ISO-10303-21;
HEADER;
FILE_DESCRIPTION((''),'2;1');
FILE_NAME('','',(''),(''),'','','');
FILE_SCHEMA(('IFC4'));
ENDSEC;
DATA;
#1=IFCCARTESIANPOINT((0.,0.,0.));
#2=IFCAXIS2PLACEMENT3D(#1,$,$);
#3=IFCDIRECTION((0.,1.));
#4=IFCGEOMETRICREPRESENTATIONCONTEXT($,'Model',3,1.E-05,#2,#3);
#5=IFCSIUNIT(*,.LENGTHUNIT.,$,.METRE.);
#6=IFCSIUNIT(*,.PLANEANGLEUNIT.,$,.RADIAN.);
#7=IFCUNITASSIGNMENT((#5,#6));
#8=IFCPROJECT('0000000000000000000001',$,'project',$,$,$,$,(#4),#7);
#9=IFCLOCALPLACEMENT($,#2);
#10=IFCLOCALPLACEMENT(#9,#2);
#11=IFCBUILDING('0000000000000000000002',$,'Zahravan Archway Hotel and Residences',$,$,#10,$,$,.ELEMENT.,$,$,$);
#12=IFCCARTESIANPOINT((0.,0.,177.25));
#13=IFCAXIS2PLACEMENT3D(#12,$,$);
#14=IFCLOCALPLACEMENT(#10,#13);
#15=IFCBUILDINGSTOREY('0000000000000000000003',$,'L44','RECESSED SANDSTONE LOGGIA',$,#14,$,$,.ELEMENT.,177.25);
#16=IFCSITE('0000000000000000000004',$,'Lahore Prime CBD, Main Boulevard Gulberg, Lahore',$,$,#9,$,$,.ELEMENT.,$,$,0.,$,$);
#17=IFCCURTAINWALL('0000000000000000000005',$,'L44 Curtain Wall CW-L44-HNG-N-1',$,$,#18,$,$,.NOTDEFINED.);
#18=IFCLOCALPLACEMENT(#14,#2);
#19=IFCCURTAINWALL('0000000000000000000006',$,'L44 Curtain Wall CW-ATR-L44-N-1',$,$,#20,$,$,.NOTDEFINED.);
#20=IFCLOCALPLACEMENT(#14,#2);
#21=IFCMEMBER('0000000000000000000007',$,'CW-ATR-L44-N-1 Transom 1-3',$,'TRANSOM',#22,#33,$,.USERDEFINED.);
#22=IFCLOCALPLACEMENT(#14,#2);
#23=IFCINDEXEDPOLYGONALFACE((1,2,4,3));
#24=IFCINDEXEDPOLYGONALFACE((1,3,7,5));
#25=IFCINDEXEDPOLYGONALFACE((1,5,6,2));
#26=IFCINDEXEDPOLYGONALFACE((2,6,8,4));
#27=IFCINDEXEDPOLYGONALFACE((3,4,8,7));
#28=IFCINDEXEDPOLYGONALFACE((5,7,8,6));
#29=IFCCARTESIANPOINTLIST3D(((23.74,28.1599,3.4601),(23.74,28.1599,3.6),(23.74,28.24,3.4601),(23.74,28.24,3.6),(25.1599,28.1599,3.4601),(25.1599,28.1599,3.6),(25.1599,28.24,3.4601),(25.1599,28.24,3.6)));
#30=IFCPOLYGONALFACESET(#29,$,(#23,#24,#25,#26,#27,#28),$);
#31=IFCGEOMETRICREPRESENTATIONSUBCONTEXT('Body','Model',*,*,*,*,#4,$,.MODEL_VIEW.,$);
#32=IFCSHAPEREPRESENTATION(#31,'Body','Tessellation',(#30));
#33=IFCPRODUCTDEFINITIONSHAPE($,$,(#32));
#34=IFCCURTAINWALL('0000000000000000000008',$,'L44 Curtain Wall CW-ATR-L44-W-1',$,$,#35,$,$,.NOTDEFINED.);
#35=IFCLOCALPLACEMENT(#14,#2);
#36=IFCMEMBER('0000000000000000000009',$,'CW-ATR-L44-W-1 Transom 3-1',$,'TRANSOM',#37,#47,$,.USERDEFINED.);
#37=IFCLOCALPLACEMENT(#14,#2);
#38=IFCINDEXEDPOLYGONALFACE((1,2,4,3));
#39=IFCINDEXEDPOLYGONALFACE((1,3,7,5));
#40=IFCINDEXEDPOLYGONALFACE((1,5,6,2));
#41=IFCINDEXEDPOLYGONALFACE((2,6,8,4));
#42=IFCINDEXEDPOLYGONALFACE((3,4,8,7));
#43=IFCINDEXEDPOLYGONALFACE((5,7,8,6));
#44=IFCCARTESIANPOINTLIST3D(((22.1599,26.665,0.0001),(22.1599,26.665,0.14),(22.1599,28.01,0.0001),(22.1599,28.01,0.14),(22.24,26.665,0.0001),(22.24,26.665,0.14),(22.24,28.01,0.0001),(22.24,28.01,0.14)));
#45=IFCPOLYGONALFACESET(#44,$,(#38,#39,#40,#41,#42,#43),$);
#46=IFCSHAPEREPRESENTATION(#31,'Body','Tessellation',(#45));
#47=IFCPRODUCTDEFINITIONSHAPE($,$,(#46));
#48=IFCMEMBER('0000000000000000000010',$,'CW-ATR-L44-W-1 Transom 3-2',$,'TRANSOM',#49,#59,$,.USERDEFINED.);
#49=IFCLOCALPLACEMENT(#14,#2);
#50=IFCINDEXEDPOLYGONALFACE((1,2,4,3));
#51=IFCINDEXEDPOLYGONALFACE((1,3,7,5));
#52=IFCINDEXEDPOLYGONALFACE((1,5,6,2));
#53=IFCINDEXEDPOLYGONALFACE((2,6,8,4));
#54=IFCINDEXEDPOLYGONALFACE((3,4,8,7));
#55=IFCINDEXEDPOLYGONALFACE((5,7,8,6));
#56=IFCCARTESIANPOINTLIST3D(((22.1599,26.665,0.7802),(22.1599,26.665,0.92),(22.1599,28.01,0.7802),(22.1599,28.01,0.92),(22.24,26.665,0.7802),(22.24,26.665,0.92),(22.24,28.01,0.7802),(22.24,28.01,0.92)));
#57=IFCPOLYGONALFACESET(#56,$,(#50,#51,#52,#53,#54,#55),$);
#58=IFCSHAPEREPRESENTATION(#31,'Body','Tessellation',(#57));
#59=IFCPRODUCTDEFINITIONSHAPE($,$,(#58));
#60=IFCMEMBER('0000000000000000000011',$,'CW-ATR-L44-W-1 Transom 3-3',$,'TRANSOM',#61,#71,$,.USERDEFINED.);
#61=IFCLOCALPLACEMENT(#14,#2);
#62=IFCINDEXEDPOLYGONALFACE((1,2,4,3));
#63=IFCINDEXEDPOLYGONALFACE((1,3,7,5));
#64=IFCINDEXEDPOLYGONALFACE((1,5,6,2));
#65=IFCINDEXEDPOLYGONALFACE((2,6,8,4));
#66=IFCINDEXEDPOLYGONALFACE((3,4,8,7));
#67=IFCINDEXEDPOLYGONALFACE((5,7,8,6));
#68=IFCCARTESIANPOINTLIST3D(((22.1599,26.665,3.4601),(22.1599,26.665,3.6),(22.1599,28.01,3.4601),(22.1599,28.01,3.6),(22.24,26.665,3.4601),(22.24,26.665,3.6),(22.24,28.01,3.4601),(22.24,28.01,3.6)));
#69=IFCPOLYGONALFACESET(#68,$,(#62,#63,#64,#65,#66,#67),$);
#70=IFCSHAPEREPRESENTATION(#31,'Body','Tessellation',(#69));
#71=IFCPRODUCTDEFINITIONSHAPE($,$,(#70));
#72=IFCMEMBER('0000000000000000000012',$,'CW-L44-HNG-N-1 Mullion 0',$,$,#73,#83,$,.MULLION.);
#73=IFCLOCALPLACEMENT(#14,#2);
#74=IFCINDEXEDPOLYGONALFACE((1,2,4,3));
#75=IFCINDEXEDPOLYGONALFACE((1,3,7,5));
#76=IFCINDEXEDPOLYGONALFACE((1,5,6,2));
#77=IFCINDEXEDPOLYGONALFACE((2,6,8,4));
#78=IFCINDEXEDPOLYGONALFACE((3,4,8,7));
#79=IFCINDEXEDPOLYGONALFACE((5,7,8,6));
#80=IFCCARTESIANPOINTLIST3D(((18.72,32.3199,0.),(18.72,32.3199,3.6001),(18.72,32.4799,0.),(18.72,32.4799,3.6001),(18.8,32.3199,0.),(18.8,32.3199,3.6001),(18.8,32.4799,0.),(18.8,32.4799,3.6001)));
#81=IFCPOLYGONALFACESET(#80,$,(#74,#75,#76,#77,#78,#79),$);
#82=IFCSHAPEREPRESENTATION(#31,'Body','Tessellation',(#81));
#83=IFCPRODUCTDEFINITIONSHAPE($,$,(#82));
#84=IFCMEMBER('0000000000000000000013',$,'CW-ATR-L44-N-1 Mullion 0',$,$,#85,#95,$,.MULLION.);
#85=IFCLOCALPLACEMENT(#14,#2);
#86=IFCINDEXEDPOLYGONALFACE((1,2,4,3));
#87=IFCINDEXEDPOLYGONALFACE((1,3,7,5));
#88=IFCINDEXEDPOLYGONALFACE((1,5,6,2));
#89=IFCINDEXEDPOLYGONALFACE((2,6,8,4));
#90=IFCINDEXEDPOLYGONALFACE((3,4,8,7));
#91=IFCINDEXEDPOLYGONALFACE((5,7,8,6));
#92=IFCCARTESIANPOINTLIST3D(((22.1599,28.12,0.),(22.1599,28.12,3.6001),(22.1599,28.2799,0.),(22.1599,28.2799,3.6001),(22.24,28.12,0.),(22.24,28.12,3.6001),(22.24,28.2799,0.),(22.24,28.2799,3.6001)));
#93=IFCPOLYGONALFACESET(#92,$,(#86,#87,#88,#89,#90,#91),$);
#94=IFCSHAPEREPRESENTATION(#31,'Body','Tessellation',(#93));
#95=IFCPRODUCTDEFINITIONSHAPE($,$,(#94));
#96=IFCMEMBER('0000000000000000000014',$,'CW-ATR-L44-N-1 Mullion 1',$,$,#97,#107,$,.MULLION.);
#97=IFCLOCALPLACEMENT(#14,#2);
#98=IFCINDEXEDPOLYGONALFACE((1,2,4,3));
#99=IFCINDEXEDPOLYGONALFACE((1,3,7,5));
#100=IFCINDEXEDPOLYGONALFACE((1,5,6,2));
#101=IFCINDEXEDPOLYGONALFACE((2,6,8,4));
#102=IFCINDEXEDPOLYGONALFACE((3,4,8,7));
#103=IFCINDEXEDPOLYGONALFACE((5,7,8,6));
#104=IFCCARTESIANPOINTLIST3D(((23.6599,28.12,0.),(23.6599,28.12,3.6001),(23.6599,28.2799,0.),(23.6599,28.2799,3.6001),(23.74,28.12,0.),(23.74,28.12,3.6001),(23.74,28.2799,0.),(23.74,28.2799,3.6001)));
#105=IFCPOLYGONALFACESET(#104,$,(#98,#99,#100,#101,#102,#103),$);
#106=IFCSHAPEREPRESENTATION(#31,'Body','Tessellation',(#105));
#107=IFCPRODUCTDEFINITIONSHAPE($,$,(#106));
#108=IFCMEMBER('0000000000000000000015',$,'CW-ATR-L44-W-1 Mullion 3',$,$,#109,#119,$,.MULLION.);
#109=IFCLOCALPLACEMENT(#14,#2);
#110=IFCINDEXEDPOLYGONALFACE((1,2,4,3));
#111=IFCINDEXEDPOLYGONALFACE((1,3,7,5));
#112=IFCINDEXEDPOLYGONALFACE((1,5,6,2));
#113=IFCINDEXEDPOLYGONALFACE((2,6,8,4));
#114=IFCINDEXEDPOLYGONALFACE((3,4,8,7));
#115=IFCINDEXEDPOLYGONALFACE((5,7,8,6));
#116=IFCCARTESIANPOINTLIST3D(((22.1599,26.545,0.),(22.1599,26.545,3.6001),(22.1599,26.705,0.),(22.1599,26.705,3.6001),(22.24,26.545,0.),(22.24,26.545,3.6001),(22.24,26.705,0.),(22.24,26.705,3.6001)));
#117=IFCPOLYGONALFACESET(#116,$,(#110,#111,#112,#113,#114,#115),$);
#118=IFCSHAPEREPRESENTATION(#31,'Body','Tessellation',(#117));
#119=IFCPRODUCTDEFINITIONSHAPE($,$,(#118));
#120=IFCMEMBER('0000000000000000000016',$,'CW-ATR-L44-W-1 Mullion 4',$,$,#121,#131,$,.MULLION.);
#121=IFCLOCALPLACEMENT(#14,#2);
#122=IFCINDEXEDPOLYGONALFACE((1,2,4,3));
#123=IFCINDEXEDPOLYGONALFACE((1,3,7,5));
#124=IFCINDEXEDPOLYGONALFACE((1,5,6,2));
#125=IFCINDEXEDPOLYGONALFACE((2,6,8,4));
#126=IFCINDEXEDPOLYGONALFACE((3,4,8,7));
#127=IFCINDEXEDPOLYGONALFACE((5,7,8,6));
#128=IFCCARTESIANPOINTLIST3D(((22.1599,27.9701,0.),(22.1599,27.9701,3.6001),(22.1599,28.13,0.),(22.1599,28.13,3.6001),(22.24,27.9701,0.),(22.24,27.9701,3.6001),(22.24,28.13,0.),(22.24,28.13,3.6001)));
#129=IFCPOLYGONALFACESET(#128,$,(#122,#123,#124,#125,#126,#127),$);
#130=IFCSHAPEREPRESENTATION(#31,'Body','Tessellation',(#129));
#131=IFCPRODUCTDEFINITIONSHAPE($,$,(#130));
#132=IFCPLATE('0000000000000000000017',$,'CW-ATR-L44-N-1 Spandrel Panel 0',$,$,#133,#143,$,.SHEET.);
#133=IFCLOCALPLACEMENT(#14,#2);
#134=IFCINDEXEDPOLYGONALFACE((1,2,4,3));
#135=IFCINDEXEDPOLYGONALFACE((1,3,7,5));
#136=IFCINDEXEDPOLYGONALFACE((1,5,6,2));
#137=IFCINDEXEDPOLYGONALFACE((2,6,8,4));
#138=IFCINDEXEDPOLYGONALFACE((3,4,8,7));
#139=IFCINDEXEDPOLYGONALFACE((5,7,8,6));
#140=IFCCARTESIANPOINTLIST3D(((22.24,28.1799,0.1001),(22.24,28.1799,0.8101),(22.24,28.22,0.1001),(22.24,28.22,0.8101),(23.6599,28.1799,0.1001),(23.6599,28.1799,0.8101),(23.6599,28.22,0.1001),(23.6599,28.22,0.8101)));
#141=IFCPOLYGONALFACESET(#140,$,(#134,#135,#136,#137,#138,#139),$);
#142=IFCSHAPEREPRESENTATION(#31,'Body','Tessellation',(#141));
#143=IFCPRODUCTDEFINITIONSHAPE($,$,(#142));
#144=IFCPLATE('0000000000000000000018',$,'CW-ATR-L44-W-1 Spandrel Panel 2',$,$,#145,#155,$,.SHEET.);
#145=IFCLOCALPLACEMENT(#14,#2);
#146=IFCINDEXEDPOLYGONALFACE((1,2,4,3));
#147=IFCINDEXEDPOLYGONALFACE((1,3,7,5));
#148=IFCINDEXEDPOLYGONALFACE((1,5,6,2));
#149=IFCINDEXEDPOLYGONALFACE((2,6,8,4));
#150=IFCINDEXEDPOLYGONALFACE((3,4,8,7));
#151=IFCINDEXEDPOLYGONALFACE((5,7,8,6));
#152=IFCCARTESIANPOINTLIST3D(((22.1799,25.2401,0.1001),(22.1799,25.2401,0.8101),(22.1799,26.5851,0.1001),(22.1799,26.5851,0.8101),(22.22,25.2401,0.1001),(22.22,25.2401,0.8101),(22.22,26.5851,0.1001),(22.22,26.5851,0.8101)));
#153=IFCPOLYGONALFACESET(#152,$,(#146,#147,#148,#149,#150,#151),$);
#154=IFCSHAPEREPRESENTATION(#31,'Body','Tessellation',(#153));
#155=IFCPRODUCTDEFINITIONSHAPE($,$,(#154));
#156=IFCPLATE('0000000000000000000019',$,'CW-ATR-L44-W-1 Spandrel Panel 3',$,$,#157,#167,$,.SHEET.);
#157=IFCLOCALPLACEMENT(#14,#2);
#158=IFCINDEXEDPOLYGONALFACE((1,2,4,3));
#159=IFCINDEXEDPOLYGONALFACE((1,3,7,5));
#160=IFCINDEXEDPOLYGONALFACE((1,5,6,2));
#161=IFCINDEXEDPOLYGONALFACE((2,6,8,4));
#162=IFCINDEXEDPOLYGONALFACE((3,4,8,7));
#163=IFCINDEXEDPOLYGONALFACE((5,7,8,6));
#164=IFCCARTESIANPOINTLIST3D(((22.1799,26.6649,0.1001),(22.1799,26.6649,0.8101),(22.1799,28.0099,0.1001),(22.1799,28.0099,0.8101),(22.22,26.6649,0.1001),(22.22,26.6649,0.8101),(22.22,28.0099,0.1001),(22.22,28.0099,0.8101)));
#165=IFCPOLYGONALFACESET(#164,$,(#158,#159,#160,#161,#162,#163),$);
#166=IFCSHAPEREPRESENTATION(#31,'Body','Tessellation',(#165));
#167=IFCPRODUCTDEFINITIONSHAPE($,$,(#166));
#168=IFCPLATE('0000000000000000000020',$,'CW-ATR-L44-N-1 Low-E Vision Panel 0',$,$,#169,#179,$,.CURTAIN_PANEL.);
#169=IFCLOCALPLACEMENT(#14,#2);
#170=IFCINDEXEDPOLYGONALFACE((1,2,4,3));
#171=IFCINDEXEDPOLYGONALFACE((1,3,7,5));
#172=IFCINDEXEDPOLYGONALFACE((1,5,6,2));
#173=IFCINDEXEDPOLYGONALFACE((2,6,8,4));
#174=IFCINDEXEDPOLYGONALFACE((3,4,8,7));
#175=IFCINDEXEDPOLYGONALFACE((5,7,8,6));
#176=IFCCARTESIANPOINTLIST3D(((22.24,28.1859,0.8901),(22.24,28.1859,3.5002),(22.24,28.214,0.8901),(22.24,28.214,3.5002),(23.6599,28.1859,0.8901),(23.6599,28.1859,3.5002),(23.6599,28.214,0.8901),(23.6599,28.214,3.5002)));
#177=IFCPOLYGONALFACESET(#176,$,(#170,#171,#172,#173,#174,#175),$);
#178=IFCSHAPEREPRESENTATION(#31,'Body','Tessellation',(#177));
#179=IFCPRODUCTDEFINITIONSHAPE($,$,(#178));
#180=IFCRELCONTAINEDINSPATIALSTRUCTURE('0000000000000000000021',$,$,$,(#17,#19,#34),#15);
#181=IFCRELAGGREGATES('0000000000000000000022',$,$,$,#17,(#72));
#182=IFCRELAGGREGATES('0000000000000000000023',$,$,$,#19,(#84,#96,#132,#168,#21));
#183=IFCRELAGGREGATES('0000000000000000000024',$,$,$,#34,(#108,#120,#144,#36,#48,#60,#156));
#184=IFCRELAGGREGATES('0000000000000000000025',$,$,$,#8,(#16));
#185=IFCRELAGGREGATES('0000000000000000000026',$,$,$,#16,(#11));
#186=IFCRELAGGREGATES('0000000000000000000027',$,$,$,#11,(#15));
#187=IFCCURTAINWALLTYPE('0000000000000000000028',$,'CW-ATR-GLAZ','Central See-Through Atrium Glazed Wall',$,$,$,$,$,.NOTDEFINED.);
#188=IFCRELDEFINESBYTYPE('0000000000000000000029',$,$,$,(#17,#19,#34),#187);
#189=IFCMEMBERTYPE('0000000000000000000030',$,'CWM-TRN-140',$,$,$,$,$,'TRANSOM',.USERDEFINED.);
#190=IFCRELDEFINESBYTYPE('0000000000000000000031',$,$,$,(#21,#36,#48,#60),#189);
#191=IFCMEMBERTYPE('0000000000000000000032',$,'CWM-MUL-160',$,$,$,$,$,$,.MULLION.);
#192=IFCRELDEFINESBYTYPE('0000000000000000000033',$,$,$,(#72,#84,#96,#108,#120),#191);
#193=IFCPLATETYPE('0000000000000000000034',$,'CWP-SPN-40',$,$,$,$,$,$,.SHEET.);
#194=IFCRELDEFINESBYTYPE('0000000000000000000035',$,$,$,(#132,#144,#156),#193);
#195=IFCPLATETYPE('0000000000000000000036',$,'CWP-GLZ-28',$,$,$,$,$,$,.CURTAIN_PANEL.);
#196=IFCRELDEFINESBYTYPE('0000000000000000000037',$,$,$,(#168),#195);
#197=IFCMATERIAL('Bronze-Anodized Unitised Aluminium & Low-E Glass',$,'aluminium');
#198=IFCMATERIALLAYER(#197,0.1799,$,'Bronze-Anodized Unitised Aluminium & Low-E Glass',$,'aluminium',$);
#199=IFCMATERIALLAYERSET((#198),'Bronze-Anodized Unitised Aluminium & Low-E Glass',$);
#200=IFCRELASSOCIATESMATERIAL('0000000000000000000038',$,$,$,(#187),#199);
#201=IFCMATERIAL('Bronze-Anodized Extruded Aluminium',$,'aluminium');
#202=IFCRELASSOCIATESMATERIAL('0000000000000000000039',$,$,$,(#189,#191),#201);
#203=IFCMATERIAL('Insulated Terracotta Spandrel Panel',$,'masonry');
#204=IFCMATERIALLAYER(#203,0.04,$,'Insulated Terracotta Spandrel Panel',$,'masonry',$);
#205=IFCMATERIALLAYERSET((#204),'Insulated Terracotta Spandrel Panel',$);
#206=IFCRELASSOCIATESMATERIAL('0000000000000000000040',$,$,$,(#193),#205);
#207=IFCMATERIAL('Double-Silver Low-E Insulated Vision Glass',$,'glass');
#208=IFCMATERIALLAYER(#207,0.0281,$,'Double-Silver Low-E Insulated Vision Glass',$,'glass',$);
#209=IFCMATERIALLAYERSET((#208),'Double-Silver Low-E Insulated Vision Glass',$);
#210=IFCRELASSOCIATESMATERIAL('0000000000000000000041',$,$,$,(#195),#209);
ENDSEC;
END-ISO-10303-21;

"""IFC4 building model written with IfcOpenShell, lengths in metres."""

from ifc_helpers import new_model, si_unit, direction, frame, origin, origin_2d, place, context, subcontext, project, spatial, rectangle, extrude, source, transform, mapped, material, layer, layer_set, material_profile, profile_set, type_object, element, aggregate, save


model = new_model("IFC4")

# Units and contexts
model_context = context("Model", 3, precision=1e-05, world=origin(), true_north=direction((0.0, 1.0)))
body_context = subcontext(model_context, "Body", "Model", "MODEL_VIEW")
ifc_project = project(units=[si_unit("LENGTHUNIT", "METRE"), si_unit("PLANEANGLEUNIT", "RADIAN")], contexts=[model_context])

# Site, building, storey
site_placement = place(None, origin())
site = spatial("IfcSite", under=ifc_project, at=site_placement, Name="Lahore Prime CBD, Main Boulevard Gulberg, Lahore", CompositionType="ELEMENT", RefElevation=0.0)
building_placement = place(site_placement, origin())
building = spatial("IfcBuilding", under=site, at=building_placement, Name="Zahravan Archway Hotel and Residences", CompositionType="ELEMENT")
storey_placement = place(building_placement, frame((0.0, 0.0, 177.25)))
storey = spatial("IfcBuildingStorey", under=building, at=storey_placement, Name="L44", Description="RECESSED SANDSTONE LOGGIA", CompositionType="ELEMENT", Elevation=177.25)

# Curtain walls, members
ifc_material_1 = material(Name="Bronze-Anodized Unitised Aluminium & Low-E Glass", Category="aluminium")
ifc_layer_1 = layer(ifc_material_1, 0.1799, Name="Bronze-Anodized Unitised Aluminium & Low-E Glass", Category="aluminium")
ifc_layer_set_1 = layer_set([ifc_layer_1], Name="Bronze-Anodized Unitised Aluminium & Low-E Glass")
curtain_wall_type = type_object("IfcCurtainWallType", Name="CW-ATR-GLAZ", Description="Central See-Through Atrium Glazed Wall", PredefinedType="NOTDEFINED", material=ifc_layer_set_1)
curtain_wall_1_placement = place(storey_placement, origin())
curtain_wall_1 = element("IfcCurtainWall", 1, at=curtain_wall_1_placement, inside=storey, type_object=curtain_wall_type, Name="L44 Curtain Wall CW-L44-HNG-N-1", PredefinedType="NOTDEFINED")
ifc_material_2 = material(Name="Bronze-Anodized Extruded Aluminium", Category="aluminium")
ifc_material_profile_1 = material_profile(ifc_material_2, rectangle(XDim=0.0801, YDim=0.1399, at=origin_2d()), Name="TRN 80x140", Category="aluminium")
ifc_profile_set_1 = profile_set([ifc_material_profile_1], Name="Bronze-Anodized Extruded Aluminium")
member_type_1 = type_object("IfcMemberType", Name="CWM-TRN-140", ElementType="TRANSOM", PredefinedType="USERDEFINED", material=ifc_profile_set_1)
curtain_wall_2_placement = place(storey_placement, origin())
curtain_wall_2 = element("IfcCurtainWall", 2, at=curtain_wall_2_placement, inside=storey, type_object=curtain_wall_type, Name="L44 Curtain Wall CW-ATR-L44-N-1", PredefinedType="NOTDEFINED")
shared_shape_1 = source(origin(), body_context, "Body", "SweptSolid", [
    extrude(rectangle(XDim=0.0801, YDim=0.1399, at=origin_2d()), origin(), (0.0, 0.0, 1.0), 1.4199),
])
member_1_placement = place(storey_placement, frame((23.74, 28.2, 3.53), z_axis=(1.0, 0.0, 0.0), x_axis=(0.0, 1.0, 0.0)))
member_1 = element("IfcMember", 3, at=member_1_placement, type_object=member_type_1, Name="CW-ATR-L44-N-1 Transom 1-3", ObjectType="TRANSOM", PredefinedType="USERDEFINED", context=body_context, shape_type="MappedRepresentation", body=[
    mapped(shared_shape_1, transform((0.0, 0.0, 0.0), scale=1.0)),
])
curtain_wall_3_placement = place(storey_placement, origin())
curtain_wall_3 = element("IfcCurtainWall", 4, at=curtain_wall_3_placement, inside=storey, type_object=curtain_wall_type, Name="L44 Curtain Wall CW-ATR-L44-W-1", PredefinedType="NOTDEFINED")
shared_shape_2 = source(origin(), body_context, "Body", "SweptSolid", [
    extrude(rectangle(XDim=0.0801, YDim=0.1399, at=origin_2d()), origin(), (0.0, 0.0, 1.0), 1.345),
])
member_2_placement = place(storey_placement, frame((22.2, 26.665, 0.0701), z_axis=(0.0, 1.0, 0.0), x_axis=(-1.0, 0.0, 0.0)))
member_2 = element("IfcMember", 5, at=member_2_placement, type_object=member_type_1, Name="CW-ATR-L44-W-1 Transom 3-1", ObjectType="TRANSOM", PredefinedType="USERDEFINED", context=body_context, shape_type="MappedRepresentation", body=[
    mapped(shared_shape_2, transform((0.0, 0.0, 0.0), scale=1.0)),
])
member_3_placement = place(storey_placement, frame((22.2, 26.665, 0.8501), z_axis=(0.0, 1.0, 0.0), x_axis=(-1.0, 0.0, 0.0)))
member_3 = element("IfcMember", 6, at=member_3_placement, type_object=member_type_1, Name="CW-ATR-L44-W-1 Transom 3-2", ObjectType="TRANSOM", PredefinedType="USERDEFINED", context=body_context, shape_type="MappedRepresentation", body=[
    mapped(shared_shape_2, transform((0.0, 0.0, 0.0), scale=1.0)),
])
member_4_placement = place(storey_placement, frame((22.2, 26.665, 3.53), z_axis=(0.0, 1.0, 0.0), x_axis=(-1.0, 0.0, 0.0)))
member_4 = element("IfcMember", 7, at=member_4_placement, type_object=member_type_1, Name="CW-ATR-L44-W-1 Transom 3-3", ObjectType="TRANSOM", PredefinedType="USERDEFINED", context=body_context, shape_type="MappedRepresentation", body=[
    mapped(shared_shape_2, transform((0.0, 0.0, 0.0), scale=1.0)),
])

# Members
ifc_material_profile_2 = material_profile(ifc_material_2, rectangle(XDim=0.0801, YDim=0.1599, at=origin_2d()), Name="MUL 80x160", Category="aluminium")
ifc_profile_set_2 = profile_set([ifc_material_profile_2], Name="Bronze-Anodized Extruded Aluminium")
member_type_2 = type_object("IfcMemberType", Name="CWM-MUL-160", PredefinedType="MULLION", material=ifc_profile_set_2)
shared_shape_3 = source(origin(), body_context, "Body", "SweptSolid", [
    extrude(rectangle(XDim=0.0801, YDim=0.1599, at=origin_2d()), origin(), (0.0, 0.0, 1.0), 3.6001),
])
member_5_placement = place(storey_placement, frame((18.76, 32.3999, 0.0), z_axis=(0.0, 0.0, 1.0), x_axis=(1.0, 0.0, 0.0)))
member_5 = element("IfcMember", 8, at=member_5_placement, type_object=member_type_2, Name="CW-L44-HNG-N-1 Mullion 0", PredefinedType="MULLION", context=body_context, shape_type="MappedRepresentation", body=[
    mapped(shared_shape_3, transform((0.0, 0.0, 0.0), scale=1.0)),
])
aggregate(curtain_wall_1, [member_5])
member_6_placement = place(storey_placement, frame((22.2, 28.2, 0.0), z_axis=(0.0, 0.0, 1.0), x_axis=(1.0, 0.0, 0.0)))
member_6 = element("IfcMember", 9, at=member_6_placement, type_object=member_type_2, Name="CW-ATR-L44-N-1 Mullion 0", PredefinedType="MULLION", context=body_context, shape_type="MappedRepresentation", body=[
    mapped(shared_shape_3, transform((0.0, 0.0, 0.0), scale=1.0)),
])
member_7_placement = place(storey_placement, frame((23.7, 28.2, 0.0), z_axis=(0.0, 0.0, 1.0), x_axis=(1.0, 0.0, 0.0)))
member_7 = element("IfcMember", 10, at=member_7_placement, type_object=member_type_2, Name="CW-ATR-L44-N-1 Mullion 1", PredefinedType="MULLION", context=body_context, shape_type="MappedRepresentation", body=[
    mapped(shared_shape_3, transform((0.0, 0.0, 0.0), scale=1.0)),
])
member_8_placement = place(storey_placement, frame((22.2, 26.625, 0.0), z_axis=(0.0, 0.0, 1.0), x_axis=(1.0, 0.0, 0.0)))
member_8 = element("IfcMember", 11, at=member_8_placement, type_object=member_type_2, Name="CW-ATR-L44-W-1 Mullion 3", PredefinedType="MULLION", context=body_context, shape_type="MappedRepresentation", body=[
    mapped(shared_shape_3, transform((0.0, 0.0, 0.0), scale=1.0)),
])
member_9_placement = place(storey_placement, frame((22.2, 28.05, 0.0), z_axis=(0.0, 0.0, 1.0), x_axis=(1.0, 0.0, 0.0)))
member_9 = element("IfcMember", 12, at=member_9_placement, type_object=member_type_2, Name="CW-ATR-L44-W-1 Mullion 4", PredefinedType="MULLION", context=body_context, shape_type="MappedRepresentation", body=[
    mapped(shared_shape_3, transform((0.0, 0.0, 0.0), scale=1.0)),
])

# Plates
ifc_material_3 = material(Name="Insulated Terracotta Spandrel Panel", Category="masonry")
ifc_layer_2 = layer(ifc_material_3, 0.04, Name="Insulated Terracotta Spandrel Panel", Category="masonry")
ifc_layer_set_2 = layer_set([ifc_layer_2], Name="Insulated Terracotta Spandrel Panel")
plate_type_1 = type_object("IfcPlateType", Name="CWP-SPN-40", PredefinedType="SHEET", material=ifc_layer_set_2)
shared_shape_4 = source(origin(), body_context, "Body", "SweptSolid", [
    extrude(rectangle(XDim=1.4199, YDim=0.04, at=origin_2d()), origin(), (0.0, 0.0, 1.0), 0.71),
])
plate_1_placement = place(storey_placement, frame((22.95, 28.2, 0.1001), z_axis=(0.0, 0.0, 1.0), x_axis=(1.0, 0.0, 0.0)))
plate_1 = element("IfcPlate", 13, at=plate_1_placement, type_object=plate_type_1, Name="CW-ATR-L44-N-1 Spandrel Panel 0", PredefinedType="SHEET", context=body_context, shape_type="MappedRepresentation", body=[
    mapped(shared_shape_4, transform((0.0, 0.0, 0.0), scale=1.0)),
])
shared_shape_5 = source(origin(), body_context, "Body", "SweptSolid", [
    extrude(rectangle(XDim=1.345, YDim=0.04, at=origin_2d()), origin(), (0.0, 0.0, 1.0), 0.71),
])
plate_2_placement = place(storey_placement, frame((22.2, 25.9126, 0.1001), z_axis=(0.0, 0.0, 1.0), x_axis=(0.0, 1.0, 0.0)))
plate_2 = element("IfcPlate", 14, at=plate_2_placement, type_object=plate_type_1, Name="CW-ATR-L44-W-1 Spandrel Panel 2", PredefinedType="SHEET", context=body_context, shape_type="MappedRepresentation", body=[
    mapped(shared_shape_5, transform((0.0, 0.0, 0.0), scale=1.0)),
])
plate_3_placement = place(storey_placement, frame((22.2, 27.3374, 0.1001), z_axis=(0.0, 0.0, 1.0), x_axis=(0.0, 1.0, 0.0)))
plate_3 = element("IfcPlate", 15, at=plate_3_placement, type_object=plate_type_1, Name="CW-ATR-L44-W-1 Spandrel Panel 3", PredefinedType="SHEET", context=body_context, shape_type="MappedRepresentation", body=[
    mapped(shared_shape_5, transform((0.0, 0.0, 0.0), scale=1.0)),
])
ifc_material_4 = material(Name="Double-Silver Low-E Insulated Vision Glass", Category="glass")
ifc_layer_3 = layer(ifc_material_4, 0.0281, Name="Double-Silver Low-E Insulated Vision Glass", Category="glass")
ifc_layer_set_3 = layer_set([ifc_layer_3], Name="Double-Silver Low-E Insulated Vision Glass")
plate_type_2 = type_object("IfcPlateType", Name="CWP-GLZ-28", PredefinedType="CURTAIN_PANEL", material=ifc_layer_set_3)
shared_shape_6 = source(origin(), body_context, "Body", "SweptSolid", [
    extrude(rectangle(XDim=1.4199, YDim=0.0281, at=origin_2d()), origin(), (0.0, 0.0, 1.0), 2.6101),
])
plate_4_placement = place(storey_placement, frame((22.95, 28.2, 0.8901), z_axis=(0.0, 0.0, 1.0), x_axis=(1.0, 0.0, 0.0)))
plate_4 = element("IfcPlate", 16, at=plate_4_placement, type_object=plate_type_2, Name="CW-ATR-L44-N-1 Low-E Vision Panel 0", PredefinedType="CURTAIN_PANEL", context=body_context, shape_type="MappedRepresentation", body=[
    mapped(shared_shape_6, transform((0.0, 0.0, 0.0), scale=1.0)),
])
aggregate(curtain_wall_2, [member_6, member_7, plate_1, plate_4, member_1])
aggregate(curtain_wall_3, [member_8, member_9, plate_2, member_2, member_3, member_4, plate_3])

save(model, "model.ifc")
